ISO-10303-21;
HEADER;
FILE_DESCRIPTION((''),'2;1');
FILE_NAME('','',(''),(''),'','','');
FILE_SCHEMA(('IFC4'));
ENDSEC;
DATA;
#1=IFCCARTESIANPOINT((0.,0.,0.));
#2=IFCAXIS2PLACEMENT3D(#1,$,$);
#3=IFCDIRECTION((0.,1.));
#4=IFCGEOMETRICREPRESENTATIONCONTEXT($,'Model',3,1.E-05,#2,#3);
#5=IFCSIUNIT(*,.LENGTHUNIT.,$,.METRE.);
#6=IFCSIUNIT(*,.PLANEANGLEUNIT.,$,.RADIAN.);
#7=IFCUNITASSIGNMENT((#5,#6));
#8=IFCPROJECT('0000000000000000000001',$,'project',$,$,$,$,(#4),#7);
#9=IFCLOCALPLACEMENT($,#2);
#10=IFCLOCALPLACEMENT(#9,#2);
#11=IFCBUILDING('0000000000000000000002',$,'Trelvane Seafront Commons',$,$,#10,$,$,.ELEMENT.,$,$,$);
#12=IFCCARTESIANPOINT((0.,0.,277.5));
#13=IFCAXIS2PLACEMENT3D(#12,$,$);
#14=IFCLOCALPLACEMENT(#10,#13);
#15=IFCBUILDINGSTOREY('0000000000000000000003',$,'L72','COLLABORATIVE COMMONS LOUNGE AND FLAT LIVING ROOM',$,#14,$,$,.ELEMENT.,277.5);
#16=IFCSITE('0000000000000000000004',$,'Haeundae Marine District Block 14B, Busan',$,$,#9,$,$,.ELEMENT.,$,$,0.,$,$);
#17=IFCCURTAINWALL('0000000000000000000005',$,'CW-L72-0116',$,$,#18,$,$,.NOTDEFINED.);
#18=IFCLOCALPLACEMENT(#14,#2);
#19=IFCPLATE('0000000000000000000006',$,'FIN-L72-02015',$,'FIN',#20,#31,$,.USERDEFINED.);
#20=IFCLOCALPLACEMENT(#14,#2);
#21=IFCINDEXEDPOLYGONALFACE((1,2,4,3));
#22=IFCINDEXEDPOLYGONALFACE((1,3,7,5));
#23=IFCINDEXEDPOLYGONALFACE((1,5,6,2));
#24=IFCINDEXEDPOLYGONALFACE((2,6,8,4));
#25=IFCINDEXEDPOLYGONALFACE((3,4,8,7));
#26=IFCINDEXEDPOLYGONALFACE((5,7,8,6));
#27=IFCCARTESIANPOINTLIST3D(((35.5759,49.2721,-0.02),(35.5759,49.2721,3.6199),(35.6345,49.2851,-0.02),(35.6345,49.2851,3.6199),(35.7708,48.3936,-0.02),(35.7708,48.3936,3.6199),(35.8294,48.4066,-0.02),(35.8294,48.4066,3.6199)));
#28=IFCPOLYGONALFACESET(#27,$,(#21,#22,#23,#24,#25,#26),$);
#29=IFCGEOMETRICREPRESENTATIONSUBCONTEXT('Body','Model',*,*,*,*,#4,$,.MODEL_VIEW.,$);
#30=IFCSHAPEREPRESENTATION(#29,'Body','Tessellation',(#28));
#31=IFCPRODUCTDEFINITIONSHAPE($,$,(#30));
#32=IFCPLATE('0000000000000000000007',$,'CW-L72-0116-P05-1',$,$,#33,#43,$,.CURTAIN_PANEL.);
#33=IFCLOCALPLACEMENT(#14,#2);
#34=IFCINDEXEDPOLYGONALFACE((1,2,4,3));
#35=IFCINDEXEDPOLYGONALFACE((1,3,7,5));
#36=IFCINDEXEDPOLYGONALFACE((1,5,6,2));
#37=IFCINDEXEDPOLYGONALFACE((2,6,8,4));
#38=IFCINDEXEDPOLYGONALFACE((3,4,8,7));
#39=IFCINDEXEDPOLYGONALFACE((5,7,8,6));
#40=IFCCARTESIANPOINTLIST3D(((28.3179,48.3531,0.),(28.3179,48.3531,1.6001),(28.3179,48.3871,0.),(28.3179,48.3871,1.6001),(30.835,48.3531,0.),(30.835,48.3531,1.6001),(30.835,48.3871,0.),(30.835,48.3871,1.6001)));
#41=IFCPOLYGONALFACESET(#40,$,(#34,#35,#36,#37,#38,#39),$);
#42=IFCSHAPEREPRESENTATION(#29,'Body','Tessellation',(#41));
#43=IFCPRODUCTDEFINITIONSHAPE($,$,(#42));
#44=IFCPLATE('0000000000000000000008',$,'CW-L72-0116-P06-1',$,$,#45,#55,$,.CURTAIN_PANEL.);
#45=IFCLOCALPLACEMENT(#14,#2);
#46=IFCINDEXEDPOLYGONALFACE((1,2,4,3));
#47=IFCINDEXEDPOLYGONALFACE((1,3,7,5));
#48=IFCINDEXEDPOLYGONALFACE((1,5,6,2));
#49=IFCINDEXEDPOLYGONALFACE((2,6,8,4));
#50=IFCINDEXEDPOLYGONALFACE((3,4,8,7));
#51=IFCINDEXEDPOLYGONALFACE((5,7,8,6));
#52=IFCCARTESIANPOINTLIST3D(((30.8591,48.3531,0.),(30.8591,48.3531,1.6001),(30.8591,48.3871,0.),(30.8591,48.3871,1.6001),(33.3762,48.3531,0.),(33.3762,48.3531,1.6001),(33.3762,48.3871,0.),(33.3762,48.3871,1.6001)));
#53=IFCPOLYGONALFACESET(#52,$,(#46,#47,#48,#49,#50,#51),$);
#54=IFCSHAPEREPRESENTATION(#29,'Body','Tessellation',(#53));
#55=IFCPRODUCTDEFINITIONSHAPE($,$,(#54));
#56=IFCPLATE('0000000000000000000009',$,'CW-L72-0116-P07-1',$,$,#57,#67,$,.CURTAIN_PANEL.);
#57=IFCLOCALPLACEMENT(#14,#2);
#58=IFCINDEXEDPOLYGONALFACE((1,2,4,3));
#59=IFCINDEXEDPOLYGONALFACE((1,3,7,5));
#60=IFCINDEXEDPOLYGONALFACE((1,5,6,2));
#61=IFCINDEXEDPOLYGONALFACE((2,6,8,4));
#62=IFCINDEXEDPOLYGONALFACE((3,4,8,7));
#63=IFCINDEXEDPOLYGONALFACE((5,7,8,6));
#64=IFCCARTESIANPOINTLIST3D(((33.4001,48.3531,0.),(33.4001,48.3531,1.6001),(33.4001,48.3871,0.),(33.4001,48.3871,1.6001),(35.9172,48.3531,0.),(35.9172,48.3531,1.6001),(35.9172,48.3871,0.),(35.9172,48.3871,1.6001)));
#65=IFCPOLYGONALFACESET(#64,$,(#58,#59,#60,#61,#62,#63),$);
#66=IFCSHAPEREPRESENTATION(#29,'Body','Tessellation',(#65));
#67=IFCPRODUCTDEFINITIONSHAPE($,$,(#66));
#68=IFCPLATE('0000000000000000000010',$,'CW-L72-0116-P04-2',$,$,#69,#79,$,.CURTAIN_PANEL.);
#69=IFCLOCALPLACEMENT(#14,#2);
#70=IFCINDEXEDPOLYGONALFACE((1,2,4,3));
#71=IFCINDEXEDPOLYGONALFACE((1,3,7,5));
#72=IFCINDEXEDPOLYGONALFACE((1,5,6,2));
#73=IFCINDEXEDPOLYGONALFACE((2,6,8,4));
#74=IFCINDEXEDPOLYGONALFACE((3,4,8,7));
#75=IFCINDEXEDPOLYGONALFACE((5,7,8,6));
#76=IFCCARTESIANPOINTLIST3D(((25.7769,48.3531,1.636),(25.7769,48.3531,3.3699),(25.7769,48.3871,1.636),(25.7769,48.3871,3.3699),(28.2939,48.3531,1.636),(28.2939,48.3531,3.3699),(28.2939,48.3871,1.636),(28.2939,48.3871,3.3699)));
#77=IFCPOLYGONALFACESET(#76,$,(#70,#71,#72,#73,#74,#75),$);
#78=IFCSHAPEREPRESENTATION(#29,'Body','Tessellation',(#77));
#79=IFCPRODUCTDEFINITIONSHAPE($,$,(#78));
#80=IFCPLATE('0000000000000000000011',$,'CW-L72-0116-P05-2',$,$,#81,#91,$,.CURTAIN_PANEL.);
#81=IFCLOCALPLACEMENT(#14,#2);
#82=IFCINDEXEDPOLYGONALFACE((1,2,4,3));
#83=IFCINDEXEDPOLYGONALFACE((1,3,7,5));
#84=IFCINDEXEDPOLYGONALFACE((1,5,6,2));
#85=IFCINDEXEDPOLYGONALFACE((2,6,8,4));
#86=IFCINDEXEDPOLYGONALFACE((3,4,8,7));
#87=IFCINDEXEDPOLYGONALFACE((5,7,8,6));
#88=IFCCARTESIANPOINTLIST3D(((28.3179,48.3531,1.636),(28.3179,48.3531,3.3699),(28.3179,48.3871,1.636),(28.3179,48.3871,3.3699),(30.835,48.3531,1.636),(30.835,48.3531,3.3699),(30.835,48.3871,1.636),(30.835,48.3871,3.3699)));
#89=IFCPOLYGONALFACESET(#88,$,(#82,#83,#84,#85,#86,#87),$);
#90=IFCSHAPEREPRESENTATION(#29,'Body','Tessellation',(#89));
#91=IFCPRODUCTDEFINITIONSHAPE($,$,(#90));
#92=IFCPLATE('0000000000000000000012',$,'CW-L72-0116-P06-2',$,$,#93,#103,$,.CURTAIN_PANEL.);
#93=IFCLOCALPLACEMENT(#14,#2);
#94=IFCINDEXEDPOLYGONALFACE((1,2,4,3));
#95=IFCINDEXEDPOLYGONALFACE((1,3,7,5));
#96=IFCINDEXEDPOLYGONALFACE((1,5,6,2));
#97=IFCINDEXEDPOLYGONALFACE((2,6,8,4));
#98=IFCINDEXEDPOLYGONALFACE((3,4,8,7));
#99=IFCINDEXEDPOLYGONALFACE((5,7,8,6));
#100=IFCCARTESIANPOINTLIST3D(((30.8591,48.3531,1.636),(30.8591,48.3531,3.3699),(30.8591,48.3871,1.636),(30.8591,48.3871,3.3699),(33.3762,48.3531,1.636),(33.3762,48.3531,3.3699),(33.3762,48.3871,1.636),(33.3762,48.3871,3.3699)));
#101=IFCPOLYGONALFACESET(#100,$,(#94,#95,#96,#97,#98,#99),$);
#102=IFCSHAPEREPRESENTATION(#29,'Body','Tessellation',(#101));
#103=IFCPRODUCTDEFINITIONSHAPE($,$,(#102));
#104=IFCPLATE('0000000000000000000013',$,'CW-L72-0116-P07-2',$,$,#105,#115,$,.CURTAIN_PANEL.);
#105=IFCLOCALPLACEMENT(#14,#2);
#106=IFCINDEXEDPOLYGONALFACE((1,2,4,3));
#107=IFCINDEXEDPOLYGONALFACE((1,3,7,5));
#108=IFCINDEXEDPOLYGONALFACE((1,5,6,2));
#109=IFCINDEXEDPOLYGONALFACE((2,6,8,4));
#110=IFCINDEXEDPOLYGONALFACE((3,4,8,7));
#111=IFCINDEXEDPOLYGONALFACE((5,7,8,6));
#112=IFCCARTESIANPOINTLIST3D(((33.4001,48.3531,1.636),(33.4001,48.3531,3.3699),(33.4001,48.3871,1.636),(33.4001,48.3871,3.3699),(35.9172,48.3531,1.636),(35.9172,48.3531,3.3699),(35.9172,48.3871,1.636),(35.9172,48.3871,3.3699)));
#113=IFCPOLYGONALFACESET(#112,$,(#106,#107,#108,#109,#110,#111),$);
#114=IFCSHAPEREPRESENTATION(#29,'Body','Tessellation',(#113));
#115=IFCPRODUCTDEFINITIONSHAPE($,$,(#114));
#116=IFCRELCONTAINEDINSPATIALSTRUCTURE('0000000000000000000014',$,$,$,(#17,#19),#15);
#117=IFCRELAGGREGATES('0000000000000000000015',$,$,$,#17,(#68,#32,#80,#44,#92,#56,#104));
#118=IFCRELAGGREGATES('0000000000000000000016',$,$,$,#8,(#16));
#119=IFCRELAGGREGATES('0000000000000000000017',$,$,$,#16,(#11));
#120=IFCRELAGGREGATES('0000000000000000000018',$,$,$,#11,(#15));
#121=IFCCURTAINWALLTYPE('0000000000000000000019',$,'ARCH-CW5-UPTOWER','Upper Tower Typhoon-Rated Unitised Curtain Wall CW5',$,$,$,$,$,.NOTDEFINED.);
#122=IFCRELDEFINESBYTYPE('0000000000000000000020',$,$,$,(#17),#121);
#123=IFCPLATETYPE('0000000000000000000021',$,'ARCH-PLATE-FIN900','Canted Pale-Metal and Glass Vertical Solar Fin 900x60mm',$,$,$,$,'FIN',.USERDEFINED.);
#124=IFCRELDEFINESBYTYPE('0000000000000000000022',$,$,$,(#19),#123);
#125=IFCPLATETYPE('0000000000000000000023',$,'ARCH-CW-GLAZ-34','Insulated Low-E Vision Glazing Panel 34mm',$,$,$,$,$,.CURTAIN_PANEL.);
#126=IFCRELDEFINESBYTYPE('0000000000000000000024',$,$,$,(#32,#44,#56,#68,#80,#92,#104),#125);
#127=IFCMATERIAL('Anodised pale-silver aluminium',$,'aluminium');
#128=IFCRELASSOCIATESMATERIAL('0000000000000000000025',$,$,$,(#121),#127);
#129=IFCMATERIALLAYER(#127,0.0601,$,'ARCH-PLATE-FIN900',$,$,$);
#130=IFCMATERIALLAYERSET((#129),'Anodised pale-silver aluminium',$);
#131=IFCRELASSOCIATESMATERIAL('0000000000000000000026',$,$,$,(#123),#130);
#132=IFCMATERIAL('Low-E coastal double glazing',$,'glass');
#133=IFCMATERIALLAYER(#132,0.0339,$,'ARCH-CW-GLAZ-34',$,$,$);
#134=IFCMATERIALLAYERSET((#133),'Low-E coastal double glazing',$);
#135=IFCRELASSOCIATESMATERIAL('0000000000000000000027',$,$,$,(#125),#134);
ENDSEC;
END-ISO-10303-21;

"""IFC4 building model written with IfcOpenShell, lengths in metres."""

from ifc_helpers import new_model, si_unit, direction, frame, origin, origin_2d, place, context, subcontext, project, spatial, rectangle, extrude, source, transform, mapped, material, layer, layer_set, type_object, element, aggregate, save


model = new_model("IFC4")

# Units and contexts
model_context = context("Model", 3, precision=1e-05, world=origin(), true_north=direction((0.0, 1.0)))
body_context = subcontext(model_context, "Body", "Model", "MODEL_VIEW")
ifc_project = project(units=[si_unit("LENGTHUNIT", "METRE"), si_unit("PLANEANGLEUNIT", "RADIAN")], contexts=[model_context])

# Site, building, storey
site_placement = place(None, origin())
site = spatial("IfcSite", under=ifc_project, at=site_placement, Name="Haeundae Marine District Block 14B, Busan", CompositionType="ELEMENT", RefElevation=0.0)
building_placement = place(site_placement, origin())
building = spatial("IfcBuilding", under=site, at=building_placement, Name="Trelvane Seafront Commons", CompositionType="ELEMENT")
storey_placement = place(building_placement, frame((0.0, 0.0, 277.5)))
storey = spatial("IfcBuildingStorey", under=building, at=storey_placement, Name="L72", Description="COLLABORATIVE COMMONS LOUNGE AND FLAT LIVING ROOM", CompositionType="ELEMENT", Elevation=277.5)

# Curtain wall
ifc_material_1 = material(Name="Anodised pale-silver aluminium", Category="aluminium")
curtain_wall_type = type_object("IfcCurtainWallType", Name="ARCH-CW5-UPTOWER", Description="Upper Tower Typhoon-Rated Unitised Curtain Wall CW5", PredefinedType="NOTDEFINED", material=ifc_material_1)
curtain_wall_placement = place(storey_placement, origin())
curtain_wall = element("IfcCurtainWall", 1, at=curtain_wall_placement, inside=storey, type_object=curtain_wall_type, Name="CW-L72-0116", PredefinedType="NOTDEFINED")

# Plate
ifc_layer_1 = layer(ifc_material_1, 0.0601, Name="ARCH-PLATE-FIN900")
ifc_layer_set_1 = layer_set([ifc_layer_1], Name="Anodised pale-silver aluminium")
plate_type_1 = type_object("IfcPlateType", Name="ARCH-PLATE-FIN900", Description="Canted Pale-Metal and Glass Vertical Solar Fin 900x60mm", ElementType="FIN", PredefinedType="USERDEFINED", material=ifc_layer_set_1)
shared_shape_1 = source(origin(), body_context, "Body", "SweptSolid", [
    extrude(rectangle(XDim=0.8999, YDim=0.0601, at=origin_2d()), origin(), (0.0, 0.0, 1.0), 3.6399),
])
for number, where, z_axis, x_axis, name in (
    (2, (35.7026, 48.8394, -0.02), (0.0, 0.0, 1.0), (-0.216566, 0.976268, 0.0), "FIN-L72-02015"),
):
    element("IfcPlate", number, at=place(storey_placement, frame(where, z_axis=z_axis, x_axis=x_axis)), inside=storey, type_object=plate_type_1, Name=name, ObjectType="FIN", PredefinedType="USERDEFINED", context=body_context, shape_type="MappedRepresentation", body=[
        mapped(shared_shape_1, transform((0.0, 0.0, 0.0), x_axis=(1.0, 0.0, 0.0), y_axis=(0.0, 1.0, 0.0), z_axis=(0.0, 0.0, 1.0), scale=1.0)),
    ])

# Plates
ifc_material_2 = material(Name="Low-E coastal double glazing", Category="glass")
ifc_layer_2 = layer(ifc_material_2, 0.0339, Name="ARCH-CW-GLAZ-34")
ifc_layer_set_2 = layer_set([ifc_layer_2], Name="Low-E coastal double glazing")
plate_type_2 = type_object("IfcPlateType", Name="ARCH-CW-GLAZ-34", Description="Insulated Low-E Vision Glazing Panel 34mm", PredefinedType="CURTAIN_PANEL", material=ifc_layer_set_2)
shared_shape_2 = source(origin(), body_context, "Body", "SweptSolid", [
    extrude(rectangle(XDim=2.5171, YDim=0.0339, at=origin_2d()), origin(), (0.0, 0.0, 1.0), 1.6001),
])
plate_1_placement = place(storey_placement, frame((29.5764, 48.3701, 0.0), z_axis=(0.0, 0.0, 1.0), x_axis=(1.0, 0.0, 0.0)))
plate_1 = element("IfcPlate", 3, at=plate_1_placement, type_object=plate_type_2, Name="CW-L72-0116-P05-1", PredefinedType="CURTAIN_PANEL", context=body_context, shape_type="MappedRepresentation", body=[
    mapped(shared_shape_2, transform((0.0, 0.0, 0.0), x_axis=(1.0, 0.0, 0.0), y_axis=(0.0, 1.0, 0.0), z_axis=(0.0, 0.0, 1.0), scale=1.0)),
])
plate_2_placement = place(storey_placement, frame((32.1177, 48.3701, 0.0), z_axis=(0.0, 0.0, 1.0), x_axis=(1.0, 0.0, 0.0)))
plate_2 = element("IfcPlate", 4, at=plate_2_placement, type_object=plate_type_2, Name="CW-L72-0116-P06-1", PredefinedType="CURTAIN_PANEL", context=body_context, shape_type="MappedRepresentation", body=[
    mapped(shared_shape_2, transform((0.0, 0.0, 0.0), x_axis=(1.0, 0.0, 0.0), y_axis=(0.0, 1.0, 0.0), z_axis=(0.0, 0.0, 1.0), scale=1.0)),
])
plate_3_placement = place(storey_placement, frame((34.6587, 48.3701, 0.0), z_axis=(0.0, 0.0, 1.0), x_axis=(1.0, 0.0, 0.0)))
plate_3 = element("IfcPlate", 5, at=plate_3_placement, type_object=plate_type_2, Name="CW-L72-0116-P07-1", PredefinedType="CURTAIN_PANEL", context=body_context, shape_type="MappedRepresentation", body=[
    mapped(shared_shape_2, transform((0.0, 0.0, 0.0), x_axis=(1.0, 0.0, 0.0), y_axis=(0.0, 1.0, 0.0), z_axis=(0.0, 0.0, 1.0), scale=1.0)),
])
shared_shape_3 = source(origin(), body_context, "Body", "SweptSolid", [
    extrude(rectangle(XDim=2.5171, YDim=0.0339, at=origin_2d()), origin(), (0.0, 0.0, 1.0), 1.7339),
])
plate_4_placement = place(storey_placement, frame((27.0354, 48.3701, 1.636), z_axis=(0.0, 0.0, 1.0), x_axis=(1.0, 0.0, 0.0)))
plate_4 = element("IfcPlate", 6, at=plate_4_placement, type_object=plate_type_2, Name="CW-L72-0116-P04-2", PredefinedType="CURTAIN_PANEL", context=body_context, shape_type="MappedRepresentation", body=[
    mapped(shared_shape_3, transform((0.0, 0.0, 0.0), x_axis=(1.0, 0.0, 0.0), y_axis=(0.0, 1.0, 0.0), z_axis=(0.0, 0.0, 1.0), scale=1.0)),
])
plate_5_placement = place(storey_placement, frame((29.5764, 48.3701, 1.636), z_axis=(0.0, 0.0, 1.0), x_axis=(1.0, 0.0, 0.0)))
plate_5 = element("IfcPlate", 7, at=plate_5_placement, type_object=plate_type_2, Name="CW-L72-0116-P05-2", PredefinedType="CURTAIN_PANEL", context=body_context, shape_type="MappedRepresentation", body=[
    mapped(shared_shape_3, transform((0.0, 0.0, 0.0), x_axis=(1.0, 0.0, 0.0), y_axis=(0.0, 1.0, 0.0), z_axis=(0.0, 0.0, 1.0), scale=1.0)),
])
plate_6_placement = place(storey_placement, frame((32.1177, 48.3701, 1.636), z_axis=(0.0, 0.0, 1.0), x_axis=(1.0, 0.0, 0.0)))
plate_6 = element("IfcPlate", 8, at=plate_6_placement, type_object=plate_type_2, Name="CW-L72-0116-P06-2", PredefinedType="CURTAIN_PANEL", context=body_context, shape_type="MappedRepresentation", body=[
    mapped(shared_shape_3, transform((0.0, 0.0, 0.0), x_axis=(1.0, 0.0, 0.0), y_axis=(0.0, 1.0, 0.0), z_axis=(0.0, 0.0, 1.0), scale=1.0)),
])
plate_7_placement = place(storey_placement, frame((34.6587, 48.3701, 1.636), z_axis=(0.0, 0.0, 1.0), x_axis=(1.0, 0.0, 0.0)))
plate_7 = element("IfcPlate", 9, at=plate_7_placement, type_object=plate_type_2, Name="CW-L72-0116-P07-2", PredefinedType="CURTAIN_PANEL", context=body_context, shape_type="MappedRepresentation", body=[
    mapped(shared_shape_3, transform((0.0, 0.0, 0.0), x_axis=(1.0, 0.0, 0.0), y_axis=(0.0, 1.0, 0.0), z_axis=(0.0, 0.0, 1.0), scale=1.0)),
])
aggregate(curtain_wall, [plate_4, plate_1, plate_5, plate_2, plate_6, plate_3, plate_7])

save(model, "model.ifc")
